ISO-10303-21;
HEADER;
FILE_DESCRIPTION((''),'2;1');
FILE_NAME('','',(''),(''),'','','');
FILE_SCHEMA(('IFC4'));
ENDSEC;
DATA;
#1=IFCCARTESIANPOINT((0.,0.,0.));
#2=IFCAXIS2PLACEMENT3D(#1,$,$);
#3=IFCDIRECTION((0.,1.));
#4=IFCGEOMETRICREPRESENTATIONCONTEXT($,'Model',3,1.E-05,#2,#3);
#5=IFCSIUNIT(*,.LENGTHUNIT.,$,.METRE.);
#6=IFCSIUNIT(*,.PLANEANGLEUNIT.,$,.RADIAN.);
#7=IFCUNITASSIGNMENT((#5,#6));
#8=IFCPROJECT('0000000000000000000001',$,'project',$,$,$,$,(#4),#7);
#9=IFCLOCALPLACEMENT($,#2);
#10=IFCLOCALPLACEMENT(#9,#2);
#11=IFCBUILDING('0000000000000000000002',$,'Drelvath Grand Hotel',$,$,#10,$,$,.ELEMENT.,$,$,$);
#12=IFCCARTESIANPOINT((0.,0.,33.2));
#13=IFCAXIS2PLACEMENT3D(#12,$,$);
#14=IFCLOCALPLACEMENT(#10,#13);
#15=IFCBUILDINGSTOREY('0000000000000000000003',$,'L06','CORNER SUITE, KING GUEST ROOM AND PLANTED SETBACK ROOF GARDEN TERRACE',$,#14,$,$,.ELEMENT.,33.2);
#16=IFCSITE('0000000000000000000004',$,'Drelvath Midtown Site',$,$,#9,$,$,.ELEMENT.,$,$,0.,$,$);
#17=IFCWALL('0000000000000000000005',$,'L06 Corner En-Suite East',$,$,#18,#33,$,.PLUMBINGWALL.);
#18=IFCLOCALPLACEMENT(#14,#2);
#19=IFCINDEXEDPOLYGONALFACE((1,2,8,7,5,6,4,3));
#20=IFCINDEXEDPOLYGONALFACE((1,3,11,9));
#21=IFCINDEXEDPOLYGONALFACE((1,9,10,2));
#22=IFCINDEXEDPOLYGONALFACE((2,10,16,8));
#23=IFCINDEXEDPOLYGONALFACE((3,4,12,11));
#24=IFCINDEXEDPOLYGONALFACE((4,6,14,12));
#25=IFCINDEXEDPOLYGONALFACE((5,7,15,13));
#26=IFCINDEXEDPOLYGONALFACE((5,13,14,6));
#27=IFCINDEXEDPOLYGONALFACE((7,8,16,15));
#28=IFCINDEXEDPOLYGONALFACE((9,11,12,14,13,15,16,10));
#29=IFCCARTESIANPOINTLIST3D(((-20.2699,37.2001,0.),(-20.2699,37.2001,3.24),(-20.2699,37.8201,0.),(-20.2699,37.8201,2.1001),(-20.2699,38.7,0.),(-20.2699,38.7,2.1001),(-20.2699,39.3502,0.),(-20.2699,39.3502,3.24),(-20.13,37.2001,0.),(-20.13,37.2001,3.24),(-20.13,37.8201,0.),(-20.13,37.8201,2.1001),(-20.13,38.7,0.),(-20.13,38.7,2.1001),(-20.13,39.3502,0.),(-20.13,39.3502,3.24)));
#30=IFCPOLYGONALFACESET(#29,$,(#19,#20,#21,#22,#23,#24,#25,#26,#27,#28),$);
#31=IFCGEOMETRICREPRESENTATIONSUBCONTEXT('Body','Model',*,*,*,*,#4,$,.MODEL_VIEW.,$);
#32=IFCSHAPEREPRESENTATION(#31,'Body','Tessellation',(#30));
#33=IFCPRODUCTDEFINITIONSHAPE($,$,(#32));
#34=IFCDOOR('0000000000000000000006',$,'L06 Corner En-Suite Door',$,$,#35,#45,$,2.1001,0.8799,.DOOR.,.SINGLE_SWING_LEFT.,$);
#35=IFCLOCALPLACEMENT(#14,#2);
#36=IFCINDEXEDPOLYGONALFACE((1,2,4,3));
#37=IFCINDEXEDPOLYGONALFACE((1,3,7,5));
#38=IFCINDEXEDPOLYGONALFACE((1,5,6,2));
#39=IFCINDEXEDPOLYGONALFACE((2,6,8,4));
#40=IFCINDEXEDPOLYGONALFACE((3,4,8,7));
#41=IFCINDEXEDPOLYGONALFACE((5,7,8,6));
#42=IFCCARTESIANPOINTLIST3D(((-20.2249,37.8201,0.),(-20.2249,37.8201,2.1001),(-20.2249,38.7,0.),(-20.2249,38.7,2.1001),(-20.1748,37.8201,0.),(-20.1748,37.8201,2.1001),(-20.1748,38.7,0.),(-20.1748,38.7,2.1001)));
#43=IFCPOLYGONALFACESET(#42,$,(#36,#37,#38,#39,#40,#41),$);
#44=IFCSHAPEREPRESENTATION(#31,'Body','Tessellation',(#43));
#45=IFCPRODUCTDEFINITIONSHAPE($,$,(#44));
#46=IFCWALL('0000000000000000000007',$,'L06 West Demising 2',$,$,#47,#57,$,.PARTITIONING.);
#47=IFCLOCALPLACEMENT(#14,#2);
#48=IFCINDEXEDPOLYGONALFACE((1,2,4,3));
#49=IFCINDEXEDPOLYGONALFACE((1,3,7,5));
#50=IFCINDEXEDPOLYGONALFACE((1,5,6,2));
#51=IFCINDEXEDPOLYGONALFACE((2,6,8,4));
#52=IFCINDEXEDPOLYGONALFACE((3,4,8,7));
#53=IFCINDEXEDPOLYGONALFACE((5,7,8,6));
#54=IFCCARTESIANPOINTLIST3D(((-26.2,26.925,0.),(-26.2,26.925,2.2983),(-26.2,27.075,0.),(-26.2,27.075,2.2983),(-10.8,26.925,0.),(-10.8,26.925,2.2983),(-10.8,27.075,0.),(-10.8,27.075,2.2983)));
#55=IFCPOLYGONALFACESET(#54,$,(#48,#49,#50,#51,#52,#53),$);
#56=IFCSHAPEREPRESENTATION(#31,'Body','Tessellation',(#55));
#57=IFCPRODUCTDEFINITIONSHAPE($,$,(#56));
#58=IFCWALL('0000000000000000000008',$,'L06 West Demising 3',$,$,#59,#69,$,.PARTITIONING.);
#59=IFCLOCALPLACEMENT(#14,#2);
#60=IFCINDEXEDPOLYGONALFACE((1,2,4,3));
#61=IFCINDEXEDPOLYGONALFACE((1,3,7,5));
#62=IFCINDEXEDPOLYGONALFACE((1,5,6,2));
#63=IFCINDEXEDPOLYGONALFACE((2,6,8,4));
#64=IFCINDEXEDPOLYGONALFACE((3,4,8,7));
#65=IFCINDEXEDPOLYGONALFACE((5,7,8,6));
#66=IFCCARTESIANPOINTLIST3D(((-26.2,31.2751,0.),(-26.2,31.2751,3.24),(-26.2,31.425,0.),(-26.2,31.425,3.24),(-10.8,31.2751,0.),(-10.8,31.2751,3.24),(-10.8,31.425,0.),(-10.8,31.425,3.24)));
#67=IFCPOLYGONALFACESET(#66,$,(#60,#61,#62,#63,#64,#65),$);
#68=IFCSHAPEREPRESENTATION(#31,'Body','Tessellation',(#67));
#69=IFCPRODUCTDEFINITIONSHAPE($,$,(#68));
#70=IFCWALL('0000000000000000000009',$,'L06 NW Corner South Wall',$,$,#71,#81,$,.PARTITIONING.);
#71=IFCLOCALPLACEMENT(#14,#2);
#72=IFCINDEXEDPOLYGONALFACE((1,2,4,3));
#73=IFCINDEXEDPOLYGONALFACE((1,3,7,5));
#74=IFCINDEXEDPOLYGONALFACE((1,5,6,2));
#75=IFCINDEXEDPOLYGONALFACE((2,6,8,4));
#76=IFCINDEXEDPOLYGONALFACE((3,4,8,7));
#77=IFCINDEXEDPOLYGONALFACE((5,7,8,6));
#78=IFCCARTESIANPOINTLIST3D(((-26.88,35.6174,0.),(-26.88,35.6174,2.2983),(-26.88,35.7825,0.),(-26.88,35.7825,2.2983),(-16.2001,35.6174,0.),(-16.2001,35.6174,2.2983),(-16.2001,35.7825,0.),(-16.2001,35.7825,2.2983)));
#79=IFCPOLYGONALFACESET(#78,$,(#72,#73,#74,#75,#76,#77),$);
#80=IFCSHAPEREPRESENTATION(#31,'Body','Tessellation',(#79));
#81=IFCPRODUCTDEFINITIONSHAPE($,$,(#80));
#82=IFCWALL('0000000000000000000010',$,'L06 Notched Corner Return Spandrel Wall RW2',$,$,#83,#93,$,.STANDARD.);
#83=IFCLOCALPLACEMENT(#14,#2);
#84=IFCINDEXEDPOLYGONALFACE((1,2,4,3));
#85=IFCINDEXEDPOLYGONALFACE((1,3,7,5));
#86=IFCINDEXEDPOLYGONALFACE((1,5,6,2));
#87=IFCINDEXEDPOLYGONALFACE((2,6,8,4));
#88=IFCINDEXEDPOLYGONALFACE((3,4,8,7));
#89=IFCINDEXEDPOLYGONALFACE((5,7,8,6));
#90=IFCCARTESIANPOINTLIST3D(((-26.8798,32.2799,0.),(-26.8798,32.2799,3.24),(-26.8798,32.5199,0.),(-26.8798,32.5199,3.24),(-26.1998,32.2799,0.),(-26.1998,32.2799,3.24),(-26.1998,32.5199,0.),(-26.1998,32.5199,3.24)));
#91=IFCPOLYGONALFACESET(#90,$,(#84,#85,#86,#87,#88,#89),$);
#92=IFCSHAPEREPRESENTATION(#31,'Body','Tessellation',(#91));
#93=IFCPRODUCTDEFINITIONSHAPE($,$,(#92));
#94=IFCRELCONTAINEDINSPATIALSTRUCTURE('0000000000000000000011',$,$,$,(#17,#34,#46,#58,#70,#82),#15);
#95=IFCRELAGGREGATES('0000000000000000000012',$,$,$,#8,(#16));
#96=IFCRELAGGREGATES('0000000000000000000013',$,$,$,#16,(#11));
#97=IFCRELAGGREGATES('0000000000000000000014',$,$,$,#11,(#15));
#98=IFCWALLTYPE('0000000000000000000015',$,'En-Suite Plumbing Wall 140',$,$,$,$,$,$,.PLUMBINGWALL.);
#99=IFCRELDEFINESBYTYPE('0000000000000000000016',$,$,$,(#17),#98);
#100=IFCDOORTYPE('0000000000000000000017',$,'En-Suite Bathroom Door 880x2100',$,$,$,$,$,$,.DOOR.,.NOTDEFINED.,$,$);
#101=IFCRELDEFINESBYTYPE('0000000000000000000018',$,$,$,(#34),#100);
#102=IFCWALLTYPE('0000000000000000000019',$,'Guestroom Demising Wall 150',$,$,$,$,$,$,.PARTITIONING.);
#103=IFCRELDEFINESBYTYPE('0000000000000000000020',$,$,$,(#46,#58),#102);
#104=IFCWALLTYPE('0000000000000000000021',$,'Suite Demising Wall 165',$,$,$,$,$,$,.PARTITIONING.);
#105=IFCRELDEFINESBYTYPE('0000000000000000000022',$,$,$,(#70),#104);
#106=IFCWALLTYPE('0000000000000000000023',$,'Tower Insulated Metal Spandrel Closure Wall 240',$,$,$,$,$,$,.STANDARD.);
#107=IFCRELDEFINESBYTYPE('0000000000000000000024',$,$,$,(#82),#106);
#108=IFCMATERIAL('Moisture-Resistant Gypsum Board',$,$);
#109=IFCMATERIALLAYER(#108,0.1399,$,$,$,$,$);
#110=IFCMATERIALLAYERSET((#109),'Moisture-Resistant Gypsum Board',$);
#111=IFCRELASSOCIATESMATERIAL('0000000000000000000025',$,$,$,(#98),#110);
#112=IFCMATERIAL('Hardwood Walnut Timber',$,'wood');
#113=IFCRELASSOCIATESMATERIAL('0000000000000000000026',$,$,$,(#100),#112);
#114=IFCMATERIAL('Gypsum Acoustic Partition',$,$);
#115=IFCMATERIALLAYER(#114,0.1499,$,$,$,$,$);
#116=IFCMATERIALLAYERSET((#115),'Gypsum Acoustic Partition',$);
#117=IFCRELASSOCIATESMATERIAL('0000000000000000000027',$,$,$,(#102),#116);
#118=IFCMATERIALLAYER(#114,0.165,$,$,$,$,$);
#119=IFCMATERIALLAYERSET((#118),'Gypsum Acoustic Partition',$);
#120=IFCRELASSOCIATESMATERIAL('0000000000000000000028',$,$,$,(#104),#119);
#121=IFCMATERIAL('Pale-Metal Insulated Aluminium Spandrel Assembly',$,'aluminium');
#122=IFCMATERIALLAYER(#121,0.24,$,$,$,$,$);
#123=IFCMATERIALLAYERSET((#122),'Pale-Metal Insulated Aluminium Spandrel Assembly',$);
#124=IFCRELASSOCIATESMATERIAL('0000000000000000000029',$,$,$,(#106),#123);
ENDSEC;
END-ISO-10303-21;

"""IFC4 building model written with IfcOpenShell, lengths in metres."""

from ifc_helpers import new_model, si_unit, direction, frame, frame_2d, origin, place, context, subcontext, project, spatial, rectangle, extrude, material, layer, layer_set, type_object, element, fill, save


model = new_model("IFC4")

# Units and contexts
model_context = context("Model", 3, precision=1e-05, world=origin(), true_north=direction((0.0, 1.0)))
body_context = subcontext(model_context, "Body", "Model", "MODEL_VIEW")
ifc_project = project(units=[si_unit("LENGTHUNIT", "METRE"), si_unit("PLANEANGLEUNIT", "RADIAN")], contexts=[model_context])

# Site, building, storey
site_placement = place(None, origin())
site = spatial("IfcSite", under=ifc_project, at=site_placement, Name="Drelvath Midtown Site", CompositionType="ELEMENT", RefElevation=0.0)
building_placement = place(site_placement, origin())
building = spatial("IfcBuilding", under=site, at=building_placement, Name="Drelvath Grand Hotel", CompositionType="ELEMENT")
storey_placement = place(building_placement, frame((0.0, 0.0, 33.2)))
storey = spatial("IfcBuildingStorey", under=building, at=storey_placement, Name="L06", Description="CORNER SUITE, KING GUEST ROOM AND PLANTED SETBACK ROOF GARDEN TERRACE", CompositionType="ELEMENT", Elevation=33.2)

# Shared definitions
ifc_material_1 = material(Name="Moisture-Resistant Gypsum Board")
ifc_layer_1 = layer(ifc_material_1, 0.1399)
ifc_layer_set_1 = layer_set([ifc_layer_1], Name="Moisture-Resistant Gypsum Board")
wall_type_1 = type_object("IfcWallType", Name="En-Suite Plumbing Wall 140", PredefinedType="PLUMBINGWALL", material=ifc_layer_set_1)

# Wall, opening, door
wall_1_placement = place(storey_placement, frame((-20.2, 37.2, 0.0), z_axis=(0.0, 0.0, 1.0), x_axis=(0.0, 1.0, 0.0)))
wall_1 = element("IfcWall", 1, at=wall_1_placement, inside=storey, type_object=wall_type_1, Name="L06 Corner En-Suite East", PredefinedType="PLUMBINGWALL", context=body_context, shape_type="SweptSolid", body=[
    extrude(rectangle(XDim=2.1501, YDim=0.1399, at=frame_2d((1.0752, 0.0))), origin(), (0.0, 0.0, 1.0), 3.24),
])
opening_placement = place(wall_1_placement, frame((0.6201, 0.0, 0.0)))
opening = element("IfcOpeningElement", 2, at=opening_placement, cuts=wall_1, PredefinedType="OPENING", context=body_context, shape_type="SweptSolid", body=[
    extrude(rectangle(XDim=0.8799, YDim=2.1001, at=frame_2d((0.4399, 1.05))), frame((0.0, 0.0798, 0.0), z_axis=(0.0, -1.0, 0.0), x_axis=(1.0, 0.0, 0.0)), (0.0, 0.0, 1.0), 0.1599),
])
ifc_material_2 = material(Name="Hardwood Walnut Timber", Category="wood")
door_type = type_object("IfcDoorType", Name="En-Suite Bathroom Door 880x2100", OperationType="NOTDEFINED", PredefinedType="DOOR", material=ifc_material_2)
door_placement = place(opening_placement, origin())
door = element("IfcDoor", 3, at=door_placement, inside=storey, type_object=door_type, Name="L06 Corner En-Suite Door", OperationType="SINGLE_SWING_LEFT", OverallHeight=2.1001, OverallWidth=0.8799, PredefinedType="DOOR", context=body_context, shape_type="SweptSolid", body=[
    extrude(rectangle(XDim=0.8799, YDim=2.1001, at=frame_2d((0.4399, 1.05))), frame((0.0, 0.0249, 0.0), z_axis=(0.0, -1.0, 0.0), x_axis=(1.0, 0.0, 0.0)), (0.0, 0.0, 1.0), 0.05),
])
fill(opening, door)

# Walls
ifc_material_3 = material(Name="Gypsum Acoustic Partition")
ifc_layer_2 = layer(ifc_material_3, 0.1499)
ifc_layer_set_2 = layer_set([ifc_layer_2], Name="Gypsum Acoustic Partition")
wall_type_2 = type_object("IfcWallType", Name="Guestroom Demising Wall 150", PredefinedType="PARTITIONING", material=ifc_layer_set_2)
wall_2_placement = place(storey_placement, frame((-26.2, 27.0, 0.0), z_axis=(0.0, 0.0, 1.0), x_axis=(1.0, 0.0, 0.0)))
element("IfcWall", 4, at=wall_2_placement, inside=storey, type_object=wall_type_2, Name="L06 West Demising 2", PredefinedType="PARTITIONING", context=body_context, shape_type="SweptSolid", body=[
    extrude(rectangle(XDim=15.3999, YDim=0.1499, at=frame_2d((7.7, 0.0))), origin(), (0.0, 0.0, 1.0), 2.2983),
])
wall_3_placement = place(storey_placement, frame((-26.2, 31.3501, 0.0), z_axis=(0.0, 0.0, 1.0), x_axis=(1.0, 0.0, 0.0)))
element("IfcWall", 5, at=wall_3_placement, inside=storey, type_object=wall_type_2, Name="L06 West Demising 3", PredefinedType="PARTITIONING", context=body_context, shape_type="SweptSolid", body=[
    extrude(rectangle(XDim=15.3999, YDim=0.1499, at=frame_2d((7.7, 0.0))), origin(), (0.0, 0.0, 1.0), 3.24),
])
ifc_layer_3 = layer(ifc_material_3, 0.165)
ifc_layer_set_3 = layer_set([ifc_layer_3], Name="Gypsum Acoustic Partition")
wall_type_3 = type_object("IfcWallType", Name="Suite Demising Wall 165", PredefinedType="PARTITIONING", material=ifc_layer_set_3)
wall_4_placement = place(storey_placement, frame((-26.8799, 35.7, 0.0), z_axis=(0.0, 0.0, 1.0), x_axis=(1.0, 0.0, 0.0)))
element("IfcWall", 6, at=wall_4_placement, inside=storey, type_object=wall_type_3, Name="L06 NW Corner South Wall", PredefinedType="PARTITIONING", context=body_context, shape_type="SweptSolid", body=[
    extrude(rectangle(XDim=10.6799, YDim=0.165, at=frame_2d((5.3398, 0.0))), origin(), (0.0, 0.0, 1.0), 2.2983),
])
ifc_material_4 = material(Name="Pale-Metal Insulated Aluminium Spandrel Assembly", Category="aluminium")
ifc_layer_4 = layer(ifc_material_4, 0.24)
ifc_layer_set_4 = layer_set([ifc_layer_4], Name="Pale-Metal Insulated Aluminium Spandrel Assembly")
wall_type_4 = type_object("IfcWallType", Name="Tower Insulated Metal Spandrel Closure Wall 240", PredefinedType="STANDARD", material=ifc_layer_set_4)
wall_5_placement = place(storey_placement, frame((-26.2, 32.3999, 0.0), z_axis=(0.0, 0.0, 1.0), x_axis=(-1.0, 0.0, 0.0)))
element("IfcWall", 7, at=wall_5_placement, inside=storey, type_object=wall_type_4, Name="L06 Notched Corner Return Spandrel Wall RW2", PredefinedType="STANDARD", context=body_context, shape_type="SweptSolid", body=[
    extrude(rectangle(XDim=0.6799, YDim=0.24, at=frame_2d((0.3398, 0.0))), origin(), (0.0, 0.0, 1.0), 3.24),
])

save(model, "model.ifc")
